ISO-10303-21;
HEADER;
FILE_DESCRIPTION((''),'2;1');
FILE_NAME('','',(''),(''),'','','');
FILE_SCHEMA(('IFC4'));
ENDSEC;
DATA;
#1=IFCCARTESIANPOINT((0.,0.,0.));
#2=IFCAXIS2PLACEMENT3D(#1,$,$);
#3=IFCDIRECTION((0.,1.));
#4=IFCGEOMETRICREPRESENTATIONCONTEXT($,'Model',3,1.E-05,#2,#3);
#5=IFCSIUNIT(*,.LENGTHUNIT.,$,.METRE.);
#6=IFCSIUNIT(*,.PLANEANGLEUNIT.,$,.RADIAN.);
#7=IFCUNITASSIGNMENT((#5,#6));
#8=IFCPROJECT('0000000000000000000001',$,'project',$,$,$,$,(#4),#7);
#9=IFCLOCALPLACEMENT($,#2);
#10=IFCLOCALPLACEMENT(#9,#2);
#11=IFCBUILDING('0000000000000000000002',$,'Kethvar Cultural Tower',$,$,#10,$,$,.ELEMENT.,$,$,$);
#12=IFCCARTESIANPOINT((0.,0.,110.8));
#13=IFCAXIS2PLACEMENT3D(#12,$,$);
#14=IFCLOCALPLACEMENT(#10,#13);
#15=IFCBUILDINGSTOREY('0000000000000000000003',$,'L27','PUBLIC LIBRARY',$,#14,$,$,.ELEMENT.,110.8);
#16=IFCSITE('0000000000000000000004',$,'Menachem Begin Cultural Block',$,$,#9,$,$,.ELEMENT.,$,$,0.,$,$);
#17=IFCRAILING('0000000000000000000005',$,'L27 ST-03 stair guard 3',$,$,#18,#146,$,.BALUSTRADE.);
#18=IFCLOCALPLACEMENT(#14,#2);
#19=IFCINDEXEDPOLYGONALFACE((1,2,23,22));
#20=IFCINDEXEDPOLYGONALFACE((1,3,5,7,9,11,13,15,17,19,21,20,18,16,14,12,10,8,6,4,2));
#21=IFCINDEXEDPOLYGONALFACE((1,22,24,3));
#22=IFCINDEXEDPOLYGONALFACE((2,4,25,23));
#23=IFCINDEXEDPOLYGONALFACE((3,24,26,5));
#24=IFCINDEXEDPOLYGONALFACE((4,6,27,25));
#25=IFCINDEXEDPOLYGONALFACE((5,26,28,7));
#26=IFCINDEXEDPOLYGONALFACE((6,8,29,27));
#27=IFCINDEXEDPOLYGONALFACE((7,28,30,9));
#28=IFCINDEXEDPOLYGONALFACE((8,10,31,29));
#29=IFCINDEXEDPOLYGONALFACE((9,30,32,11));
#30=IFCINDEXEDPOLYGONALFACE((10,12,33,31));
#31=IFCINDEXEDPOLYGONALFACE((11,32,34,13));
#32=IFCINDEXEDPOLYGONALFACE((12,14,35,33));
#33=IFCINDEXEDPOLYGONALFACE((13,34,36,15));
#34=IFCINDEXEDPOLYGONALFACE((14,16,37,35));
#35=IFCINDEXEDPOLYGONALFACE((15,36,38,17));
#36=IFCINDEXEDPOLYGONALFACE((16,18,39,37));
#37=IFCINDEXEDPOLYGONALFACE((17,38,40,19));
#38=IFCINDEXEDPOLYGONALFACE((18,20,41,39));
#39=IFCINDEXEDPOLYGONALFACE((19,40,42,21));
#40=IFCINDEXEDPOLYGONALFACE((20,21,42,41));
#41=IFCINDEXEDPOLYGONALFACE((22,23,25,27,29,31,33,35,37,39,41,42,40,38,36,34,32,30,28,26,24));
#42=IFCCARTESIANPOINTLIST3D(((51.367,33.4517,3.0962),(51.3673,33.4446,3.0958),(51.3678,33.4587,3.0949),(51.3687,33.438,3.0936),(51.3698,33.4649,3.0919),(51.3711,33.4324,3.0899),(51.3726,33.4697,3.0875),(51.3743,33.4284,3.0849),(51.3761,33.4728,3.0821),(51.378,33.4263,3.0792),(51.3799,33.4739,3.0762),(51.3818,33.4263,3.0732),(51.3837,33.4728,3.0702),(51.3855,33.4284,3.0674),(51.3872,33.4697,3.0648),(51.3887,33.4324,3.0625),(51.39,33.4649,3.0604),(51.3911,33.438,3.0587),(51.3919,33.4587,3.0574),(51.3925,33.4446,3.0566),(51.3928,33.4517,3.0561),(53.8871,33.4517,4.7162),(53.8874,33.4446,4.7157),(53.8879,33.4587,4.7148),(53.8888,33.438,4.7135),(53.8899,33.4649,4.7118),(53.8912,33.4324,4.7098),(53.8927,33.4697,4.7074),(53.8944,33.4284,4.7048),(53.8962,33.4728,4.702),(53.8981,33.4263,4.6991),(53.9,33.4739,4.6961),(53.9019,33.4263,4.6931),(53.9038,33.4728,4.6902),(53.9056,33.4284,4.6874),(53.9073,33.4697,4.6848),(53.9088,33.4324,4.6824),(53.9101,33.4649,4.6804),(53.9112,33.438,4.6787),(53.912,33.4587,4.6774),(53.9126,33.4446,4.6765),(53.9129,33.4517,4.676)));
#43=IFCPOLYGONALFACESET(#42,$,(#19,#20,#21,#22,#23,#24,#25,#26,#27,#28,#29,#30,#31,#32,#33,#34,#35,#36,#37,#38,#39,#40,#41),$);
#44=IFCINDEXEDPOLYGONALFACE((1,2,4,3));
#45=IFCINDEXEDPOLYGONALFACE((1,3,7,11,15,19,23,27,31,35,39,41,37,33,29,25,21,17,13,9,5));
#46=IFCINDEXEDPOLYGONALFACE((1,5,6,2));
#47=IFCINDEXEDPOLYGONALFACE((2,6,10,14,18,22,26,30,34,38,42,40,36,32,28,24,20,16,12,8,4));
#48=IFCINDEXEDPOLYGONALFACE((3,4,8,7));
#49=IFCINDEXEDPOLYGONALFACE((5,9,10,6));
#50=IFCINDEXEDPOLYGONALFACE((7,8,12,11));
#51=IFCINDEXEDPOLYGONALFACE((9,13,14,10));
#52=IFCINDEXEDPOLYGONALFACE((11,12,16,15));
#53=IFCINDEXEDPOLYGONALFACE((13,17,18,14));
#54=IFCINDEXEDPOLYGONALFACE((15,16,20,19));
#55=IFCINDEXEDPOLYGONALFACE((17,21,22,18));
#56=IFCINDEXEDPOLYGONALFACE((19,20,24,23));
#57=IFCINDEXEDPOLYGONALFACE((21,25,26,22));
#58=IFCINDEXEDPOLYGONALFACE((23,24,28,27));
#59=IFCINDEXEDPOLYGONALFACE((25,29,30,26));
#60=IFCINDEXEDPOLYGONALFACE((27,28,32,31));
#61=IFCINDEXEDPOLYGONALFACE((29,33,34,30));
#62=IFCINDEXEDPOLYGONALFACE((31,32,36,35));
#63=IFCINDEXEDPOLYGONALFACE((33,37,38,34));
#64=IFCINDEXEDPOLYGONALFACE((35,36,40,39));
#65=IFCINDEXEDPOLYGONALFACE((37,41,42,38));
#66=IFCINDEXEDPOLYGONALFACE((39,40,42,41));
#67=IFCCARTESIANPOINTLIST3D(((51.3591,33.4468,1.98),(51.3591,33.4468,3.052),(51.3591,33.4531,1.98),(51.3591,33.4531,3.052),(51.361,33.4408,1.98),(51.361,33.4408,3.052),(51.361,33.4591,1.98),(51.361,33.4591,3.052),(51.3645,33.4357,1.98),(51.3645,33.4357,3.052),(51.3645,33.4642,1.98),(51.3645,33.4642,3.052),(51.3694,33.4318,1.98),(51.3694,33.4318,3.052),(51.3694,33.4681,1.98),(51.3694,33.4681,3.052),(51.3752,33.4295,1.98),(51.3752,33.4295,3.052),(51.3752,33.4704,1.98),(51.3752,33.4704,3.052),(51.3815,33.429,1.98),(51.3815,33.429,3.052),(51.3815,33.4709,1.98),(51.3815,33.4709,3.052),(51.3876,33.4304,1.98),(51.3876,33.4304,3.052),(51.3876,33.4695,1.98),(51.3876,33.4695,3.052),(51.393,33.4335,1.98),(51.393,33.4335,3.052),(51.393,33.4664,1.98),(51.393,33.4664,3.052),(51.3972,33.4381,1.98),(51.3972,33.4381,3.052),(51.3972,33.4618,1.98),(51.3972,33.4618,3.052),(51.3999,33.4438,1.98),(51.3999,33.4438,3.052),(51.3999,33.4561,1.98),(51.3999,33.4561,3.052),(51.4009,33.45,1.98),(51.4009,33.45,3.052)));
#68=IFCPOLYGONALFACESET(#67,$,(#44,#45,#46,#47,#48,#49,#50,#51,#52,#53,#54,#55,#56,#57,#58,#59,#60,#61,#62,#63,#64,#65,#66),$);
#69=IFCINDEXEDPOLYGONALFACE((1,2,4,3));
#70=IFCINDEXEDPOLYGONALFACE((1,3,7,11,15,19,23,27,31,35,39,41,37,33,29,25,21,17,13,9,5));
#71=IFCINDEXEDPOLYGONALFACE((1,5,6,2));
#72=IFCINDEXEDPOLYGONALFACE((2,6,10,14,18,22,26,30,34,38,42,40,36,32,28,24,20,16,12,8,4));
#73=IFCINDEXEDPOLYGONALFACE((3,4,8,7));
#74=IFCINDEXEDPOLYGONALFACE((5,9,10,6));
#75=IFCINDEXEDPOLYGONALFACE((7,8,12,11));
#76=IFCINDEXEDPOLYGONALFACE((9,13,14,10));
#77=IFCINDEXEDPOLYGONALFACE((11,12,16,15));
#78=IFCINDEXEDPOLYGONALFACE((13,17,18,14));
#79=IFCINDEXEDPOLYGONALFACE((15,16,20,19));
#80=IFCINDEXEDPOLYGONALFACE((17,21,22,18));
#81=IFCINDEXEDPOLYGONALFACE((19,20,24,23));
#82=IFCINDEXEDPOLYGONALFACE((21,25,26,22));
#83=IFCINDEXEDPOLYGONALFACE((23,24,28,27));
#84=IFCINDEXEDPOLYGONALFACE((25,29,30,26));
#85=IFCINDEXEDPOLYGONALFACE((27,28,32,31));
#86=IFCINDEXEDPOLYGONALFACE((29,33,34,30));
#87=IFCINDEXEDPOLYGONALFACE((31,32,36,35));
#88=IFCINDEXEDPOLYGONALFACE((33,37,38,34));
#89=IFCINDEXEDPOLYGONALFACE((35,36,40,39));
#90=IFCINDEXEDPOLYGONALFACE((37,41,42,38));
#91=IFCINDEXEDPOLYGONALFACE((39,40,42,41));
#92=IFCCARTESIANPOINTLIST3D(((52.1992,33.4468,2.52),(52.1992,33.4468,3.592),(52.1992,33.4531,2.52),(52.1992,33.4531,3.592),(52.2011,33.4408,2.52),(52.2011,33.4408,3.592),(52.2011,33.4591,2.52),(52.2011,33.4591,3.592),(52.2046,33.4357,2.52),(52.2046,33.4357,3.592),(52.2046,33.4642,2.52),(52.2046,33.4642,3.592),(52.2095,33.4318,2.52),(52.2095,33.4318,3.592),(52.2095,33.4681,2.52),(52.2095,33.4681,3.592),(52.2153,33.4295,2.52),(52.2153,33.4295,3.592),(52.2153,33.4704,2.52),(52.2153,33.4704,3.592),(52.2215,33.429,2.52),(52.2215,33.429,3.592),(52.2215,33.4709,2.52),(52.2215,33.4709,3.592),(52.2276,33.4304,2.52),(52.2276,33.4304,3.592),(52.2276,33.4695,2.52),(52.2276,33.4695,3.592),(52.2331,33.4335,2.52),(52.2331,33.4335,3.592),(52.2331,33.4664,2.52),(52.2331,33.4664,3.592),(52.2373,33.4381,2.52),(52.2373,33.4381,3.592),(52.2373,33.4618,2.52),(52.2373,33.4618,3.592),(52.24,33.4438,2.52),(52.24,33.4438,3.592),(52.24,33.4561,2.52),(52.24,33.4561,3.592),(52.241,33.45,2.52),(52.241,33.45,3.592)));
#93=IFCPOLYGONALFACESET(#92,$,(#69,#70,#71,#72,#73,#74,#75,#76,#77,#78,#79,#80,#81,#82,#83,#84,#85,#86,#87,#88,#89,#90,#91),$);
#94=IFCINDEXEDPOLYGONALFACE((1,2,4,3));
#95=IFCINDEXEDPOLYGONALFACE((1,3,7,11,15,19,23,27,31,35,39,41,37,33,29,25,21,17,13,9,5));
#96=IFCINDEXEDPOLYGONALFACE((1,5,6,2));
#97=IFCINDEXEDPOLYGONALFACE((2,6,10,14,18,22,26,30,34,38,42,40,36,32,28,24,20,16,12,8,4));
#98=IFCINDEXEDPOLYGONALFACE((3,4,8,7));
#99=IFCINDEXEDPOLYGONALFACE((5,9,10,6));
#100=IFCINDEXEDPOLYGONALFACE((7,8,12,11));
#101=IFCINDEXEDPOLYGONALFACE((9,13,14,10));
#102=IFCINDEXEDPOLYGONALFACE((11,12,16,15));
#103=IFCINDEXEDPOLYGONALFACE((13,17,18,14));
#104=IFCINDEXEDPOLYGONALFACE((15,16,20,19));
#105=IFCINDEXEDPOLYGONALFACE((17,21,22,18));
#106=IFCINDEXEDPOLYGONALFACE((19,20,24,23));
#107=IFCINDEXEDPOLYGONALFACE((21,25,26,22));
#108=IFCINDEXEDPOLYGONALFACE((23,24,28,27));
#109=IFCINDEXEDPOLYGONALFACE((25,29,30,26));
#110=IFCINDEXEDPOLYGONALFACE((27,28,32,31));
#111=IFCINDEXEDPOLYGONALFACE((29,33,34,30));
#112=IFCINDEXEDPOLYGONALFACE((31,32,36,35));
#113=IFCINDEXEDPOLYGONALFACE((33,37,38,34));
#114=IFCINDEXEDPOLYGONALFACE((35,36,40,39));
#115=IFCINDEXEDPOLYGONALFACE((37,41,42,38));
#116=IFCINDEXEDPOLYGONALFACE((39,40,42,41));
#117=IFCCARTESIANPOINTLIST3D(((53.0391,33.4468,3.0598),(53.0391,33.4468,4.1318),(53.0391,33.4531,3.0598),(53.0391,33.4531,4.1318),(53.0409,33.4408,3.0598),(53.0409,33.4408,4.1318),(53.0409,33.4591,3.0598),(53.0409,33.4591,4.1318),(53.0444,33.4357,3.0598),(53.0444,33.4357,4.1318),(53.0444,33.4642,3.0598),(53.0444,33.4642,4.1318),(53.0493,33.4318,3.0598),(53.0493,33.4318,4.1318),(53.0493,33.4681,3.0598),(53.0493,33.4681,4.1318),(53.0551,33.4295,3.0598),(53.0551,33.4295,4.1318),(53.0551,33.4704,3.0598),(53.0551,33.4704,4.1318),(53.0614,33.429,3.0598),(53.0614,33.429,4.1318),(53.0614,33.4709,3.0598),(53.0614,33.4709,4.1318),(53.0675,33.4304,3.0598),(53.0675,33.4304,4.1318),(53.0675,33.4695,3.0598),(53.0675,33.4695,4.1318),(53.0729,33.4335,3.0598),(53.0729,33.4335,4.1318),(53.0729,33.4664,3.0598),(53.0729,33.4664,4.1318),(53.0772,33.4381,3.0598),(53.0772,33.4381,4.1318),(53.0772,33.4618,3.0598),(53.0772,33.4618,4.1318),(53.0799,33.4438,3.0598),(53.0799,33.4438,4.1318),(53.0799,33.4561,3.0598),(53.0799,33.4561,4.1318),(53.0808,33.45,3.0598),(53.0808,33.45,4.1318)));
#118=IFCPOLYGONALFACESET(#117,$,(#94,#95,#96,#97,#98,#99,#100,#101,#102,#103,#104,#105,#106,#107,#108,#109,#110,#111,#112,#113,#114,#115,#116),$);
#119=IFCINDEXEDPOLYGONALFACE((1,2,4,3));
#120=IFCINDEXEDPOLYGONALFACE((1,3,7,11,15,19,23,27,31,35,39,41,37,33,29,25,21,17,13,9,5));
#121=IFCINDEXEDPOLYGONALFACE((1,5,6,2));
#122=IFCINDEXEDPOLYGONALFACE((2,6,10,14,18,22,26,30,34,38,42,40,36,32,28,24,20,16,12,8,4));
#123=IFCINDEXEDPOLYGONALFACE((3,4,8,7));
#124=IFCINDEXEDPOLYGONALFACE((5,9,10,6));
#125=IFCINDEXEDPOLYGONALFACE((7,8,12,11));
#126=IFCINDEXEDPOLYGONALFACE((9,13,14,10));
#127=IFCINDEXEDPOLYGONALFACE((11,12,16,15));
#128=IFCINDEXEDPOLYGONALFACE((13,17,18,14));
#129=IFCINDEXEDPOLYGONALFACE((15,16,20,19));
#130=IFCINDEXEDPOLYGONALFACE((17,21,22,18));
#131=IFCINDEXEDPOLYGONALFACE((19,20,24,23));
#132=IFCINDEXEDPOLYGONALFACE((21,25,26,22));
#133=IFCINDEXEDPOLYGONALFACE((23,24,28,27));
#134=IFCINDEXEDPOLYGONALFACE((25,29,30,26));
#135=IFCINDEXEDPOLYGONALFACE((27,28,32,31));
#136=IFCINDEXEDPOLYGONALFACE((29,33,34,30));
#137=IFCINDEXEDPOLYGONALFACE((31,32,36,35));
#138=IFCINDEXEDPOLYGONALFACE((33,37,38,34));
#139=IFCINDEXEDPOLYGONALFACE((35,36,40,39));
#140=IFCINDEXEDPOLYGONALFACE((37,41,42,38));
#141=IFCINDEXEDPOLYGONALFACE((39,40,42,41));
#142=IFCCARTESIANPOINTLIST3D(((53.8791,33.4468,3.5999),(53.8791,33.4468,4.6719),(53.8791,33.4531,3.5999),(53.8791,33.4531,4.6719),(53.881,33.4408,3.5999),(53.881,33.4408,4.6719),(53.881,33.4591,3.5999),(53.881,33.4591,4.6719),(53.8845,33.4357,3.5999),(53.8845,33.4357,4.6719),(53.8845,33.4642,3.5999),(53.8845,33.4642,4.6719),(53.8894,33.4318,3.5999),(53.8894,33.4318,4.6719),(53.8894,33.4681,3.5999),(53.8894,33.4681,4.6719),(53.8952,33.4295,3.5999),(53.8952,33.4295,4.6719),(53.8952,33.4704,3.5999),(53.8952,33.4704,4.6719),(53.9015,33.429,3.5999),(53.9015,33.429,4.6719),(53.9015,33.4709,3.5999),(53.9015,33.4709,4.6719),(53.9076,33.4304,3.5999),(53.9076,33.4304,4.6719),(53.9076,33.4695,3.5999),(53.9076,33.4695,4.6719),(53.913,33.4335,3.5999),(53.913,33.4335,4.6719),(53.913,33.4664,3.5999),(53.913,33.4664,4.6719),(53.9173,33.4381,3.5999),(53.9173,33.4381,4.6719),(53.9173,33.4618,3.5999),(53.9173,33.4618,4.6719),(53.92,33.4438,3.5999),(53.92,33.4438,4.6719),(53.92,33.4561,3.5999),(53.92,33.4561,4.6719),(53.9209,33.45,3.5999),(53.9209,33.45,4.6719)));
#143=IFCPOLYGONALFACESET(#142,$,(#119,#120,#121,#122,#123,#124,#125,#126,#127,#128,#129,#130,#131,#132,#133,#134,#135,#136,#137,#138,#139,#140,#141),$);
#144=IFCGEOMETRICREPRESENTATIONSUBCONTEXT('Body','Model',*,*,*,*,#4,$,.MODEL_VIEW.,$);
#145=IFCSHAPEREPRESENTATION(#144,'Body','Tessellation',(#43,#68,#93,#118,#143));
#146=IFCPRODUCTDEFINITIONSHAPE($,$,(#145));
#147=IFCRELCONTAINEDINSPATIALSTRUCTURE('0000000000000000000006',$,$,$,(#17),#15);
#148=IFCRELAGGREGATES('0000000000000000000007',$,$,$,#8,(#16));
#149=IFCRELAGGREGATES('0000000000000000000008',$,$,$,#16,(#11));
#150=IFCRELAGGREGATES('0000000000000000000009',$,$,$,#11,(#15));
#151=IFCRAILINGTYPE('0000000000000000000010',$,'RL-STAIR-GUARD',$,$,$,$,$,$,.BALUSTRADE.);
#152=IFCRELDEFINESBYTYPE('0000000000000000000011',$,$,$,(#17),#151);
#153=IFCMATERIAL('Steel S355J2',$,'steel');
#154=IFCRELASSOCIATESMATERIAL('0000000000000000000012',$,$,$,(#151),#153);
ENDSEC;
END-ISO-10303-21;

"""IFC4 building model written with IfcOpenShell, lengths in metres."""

from ifc_helpers import new_model, si_unit, direction, frame, origin, origin_2d, place, context, subcontext, project, spatial, circle, extrude, material, type_object, element, save


model = new_model("IFC4")

# Units and contexts
model_context = context("Model", 3, precision=1e-05, world=origin(), true_north=direction((0.0, 1.0)))
body_context = subcontext(model_context, "Body", "Model", "MODEL_VIEW")
ifc_project = project(units=[si_unit("LENGTHUNIT", "METRE"), si_unit("PLANEANGLEUNIT", "RADIAN")], contexts=[model_context])

# Site, building, storey
site_placement = place(None, origin())
site = spatial("IfcSite", under=ifc_project, at=site_placement, Name="Menachem Begin Cultural Block", CompositionType="ELEMENT", RefElevation=0.0)
building_placement = place(site_placement, origin())
building = spatial("IfcBuilding", under=site, at=building_placement, Name="Kethvar Cultural Tower", CompositionType="ELEMENT")
storey_placement = place(building_placement, frame((0.0, 0.0, 110.8)))
storey = spatial("IfcBuildingStorey", under=building, at=storey_placement, Name="L27", Description="PUBLIC LIBRARY", CompositionType="ELEMENT", Elevation=110.8)

# Shared definitions
ifc_material_1 = material(Name="Steel S355J2", Category="steel")

# Railing
railing_type_1 = type_object("IfcRailingType", Name="RL-STAIR-GUARD", PredefinedType="BALUSTRADE", material=ifc_material_1)
railing_1_placement = place(storey_placement, frame((51.3799, 33.45, 1.98)))
element("IfcRailing", 1, at=railing_1_placement, inside=storey, type_object=railing_type_1, Name="L27 ST-03 stair guard 3", PredefinedType="BALUSTRADE", context=body_context, shape_type="SweptSolid", body=[
    extrude(circle(Radius=0.0239, at=origin_2d()), frame((0.0, 0.0, 1.0962), z_axis=(0.8412, 0.0, 0.540725), x_axis=(0.0, 1.0, 0.0)), (0.0, 0.0, 1.0), 2.9958),
    extrude(circle(Radius=0.021, at=origin_2d()), origin(), (0.0, 0.0, 1.0), 1.072),
    extrude(circle(Radius=0.021, at=origin_2d()), frame((0.8401, 0.0, 0.54)), (0.0, 0.0, 1.0), 1.072),
    extrude(circle(Radius=0.021, at=origin_2d()), frame((1.6799, 0.0, 1.0798)), (0.0, 0.0, 1.0), 1.072),
    extrude(circle(Radius=0.021, at=origin_2d()), frame((2.52, 0.0, 1.6199)), (0.0, 0.0, 1.0), 1.072),
])

save(model, "model.ifc")
